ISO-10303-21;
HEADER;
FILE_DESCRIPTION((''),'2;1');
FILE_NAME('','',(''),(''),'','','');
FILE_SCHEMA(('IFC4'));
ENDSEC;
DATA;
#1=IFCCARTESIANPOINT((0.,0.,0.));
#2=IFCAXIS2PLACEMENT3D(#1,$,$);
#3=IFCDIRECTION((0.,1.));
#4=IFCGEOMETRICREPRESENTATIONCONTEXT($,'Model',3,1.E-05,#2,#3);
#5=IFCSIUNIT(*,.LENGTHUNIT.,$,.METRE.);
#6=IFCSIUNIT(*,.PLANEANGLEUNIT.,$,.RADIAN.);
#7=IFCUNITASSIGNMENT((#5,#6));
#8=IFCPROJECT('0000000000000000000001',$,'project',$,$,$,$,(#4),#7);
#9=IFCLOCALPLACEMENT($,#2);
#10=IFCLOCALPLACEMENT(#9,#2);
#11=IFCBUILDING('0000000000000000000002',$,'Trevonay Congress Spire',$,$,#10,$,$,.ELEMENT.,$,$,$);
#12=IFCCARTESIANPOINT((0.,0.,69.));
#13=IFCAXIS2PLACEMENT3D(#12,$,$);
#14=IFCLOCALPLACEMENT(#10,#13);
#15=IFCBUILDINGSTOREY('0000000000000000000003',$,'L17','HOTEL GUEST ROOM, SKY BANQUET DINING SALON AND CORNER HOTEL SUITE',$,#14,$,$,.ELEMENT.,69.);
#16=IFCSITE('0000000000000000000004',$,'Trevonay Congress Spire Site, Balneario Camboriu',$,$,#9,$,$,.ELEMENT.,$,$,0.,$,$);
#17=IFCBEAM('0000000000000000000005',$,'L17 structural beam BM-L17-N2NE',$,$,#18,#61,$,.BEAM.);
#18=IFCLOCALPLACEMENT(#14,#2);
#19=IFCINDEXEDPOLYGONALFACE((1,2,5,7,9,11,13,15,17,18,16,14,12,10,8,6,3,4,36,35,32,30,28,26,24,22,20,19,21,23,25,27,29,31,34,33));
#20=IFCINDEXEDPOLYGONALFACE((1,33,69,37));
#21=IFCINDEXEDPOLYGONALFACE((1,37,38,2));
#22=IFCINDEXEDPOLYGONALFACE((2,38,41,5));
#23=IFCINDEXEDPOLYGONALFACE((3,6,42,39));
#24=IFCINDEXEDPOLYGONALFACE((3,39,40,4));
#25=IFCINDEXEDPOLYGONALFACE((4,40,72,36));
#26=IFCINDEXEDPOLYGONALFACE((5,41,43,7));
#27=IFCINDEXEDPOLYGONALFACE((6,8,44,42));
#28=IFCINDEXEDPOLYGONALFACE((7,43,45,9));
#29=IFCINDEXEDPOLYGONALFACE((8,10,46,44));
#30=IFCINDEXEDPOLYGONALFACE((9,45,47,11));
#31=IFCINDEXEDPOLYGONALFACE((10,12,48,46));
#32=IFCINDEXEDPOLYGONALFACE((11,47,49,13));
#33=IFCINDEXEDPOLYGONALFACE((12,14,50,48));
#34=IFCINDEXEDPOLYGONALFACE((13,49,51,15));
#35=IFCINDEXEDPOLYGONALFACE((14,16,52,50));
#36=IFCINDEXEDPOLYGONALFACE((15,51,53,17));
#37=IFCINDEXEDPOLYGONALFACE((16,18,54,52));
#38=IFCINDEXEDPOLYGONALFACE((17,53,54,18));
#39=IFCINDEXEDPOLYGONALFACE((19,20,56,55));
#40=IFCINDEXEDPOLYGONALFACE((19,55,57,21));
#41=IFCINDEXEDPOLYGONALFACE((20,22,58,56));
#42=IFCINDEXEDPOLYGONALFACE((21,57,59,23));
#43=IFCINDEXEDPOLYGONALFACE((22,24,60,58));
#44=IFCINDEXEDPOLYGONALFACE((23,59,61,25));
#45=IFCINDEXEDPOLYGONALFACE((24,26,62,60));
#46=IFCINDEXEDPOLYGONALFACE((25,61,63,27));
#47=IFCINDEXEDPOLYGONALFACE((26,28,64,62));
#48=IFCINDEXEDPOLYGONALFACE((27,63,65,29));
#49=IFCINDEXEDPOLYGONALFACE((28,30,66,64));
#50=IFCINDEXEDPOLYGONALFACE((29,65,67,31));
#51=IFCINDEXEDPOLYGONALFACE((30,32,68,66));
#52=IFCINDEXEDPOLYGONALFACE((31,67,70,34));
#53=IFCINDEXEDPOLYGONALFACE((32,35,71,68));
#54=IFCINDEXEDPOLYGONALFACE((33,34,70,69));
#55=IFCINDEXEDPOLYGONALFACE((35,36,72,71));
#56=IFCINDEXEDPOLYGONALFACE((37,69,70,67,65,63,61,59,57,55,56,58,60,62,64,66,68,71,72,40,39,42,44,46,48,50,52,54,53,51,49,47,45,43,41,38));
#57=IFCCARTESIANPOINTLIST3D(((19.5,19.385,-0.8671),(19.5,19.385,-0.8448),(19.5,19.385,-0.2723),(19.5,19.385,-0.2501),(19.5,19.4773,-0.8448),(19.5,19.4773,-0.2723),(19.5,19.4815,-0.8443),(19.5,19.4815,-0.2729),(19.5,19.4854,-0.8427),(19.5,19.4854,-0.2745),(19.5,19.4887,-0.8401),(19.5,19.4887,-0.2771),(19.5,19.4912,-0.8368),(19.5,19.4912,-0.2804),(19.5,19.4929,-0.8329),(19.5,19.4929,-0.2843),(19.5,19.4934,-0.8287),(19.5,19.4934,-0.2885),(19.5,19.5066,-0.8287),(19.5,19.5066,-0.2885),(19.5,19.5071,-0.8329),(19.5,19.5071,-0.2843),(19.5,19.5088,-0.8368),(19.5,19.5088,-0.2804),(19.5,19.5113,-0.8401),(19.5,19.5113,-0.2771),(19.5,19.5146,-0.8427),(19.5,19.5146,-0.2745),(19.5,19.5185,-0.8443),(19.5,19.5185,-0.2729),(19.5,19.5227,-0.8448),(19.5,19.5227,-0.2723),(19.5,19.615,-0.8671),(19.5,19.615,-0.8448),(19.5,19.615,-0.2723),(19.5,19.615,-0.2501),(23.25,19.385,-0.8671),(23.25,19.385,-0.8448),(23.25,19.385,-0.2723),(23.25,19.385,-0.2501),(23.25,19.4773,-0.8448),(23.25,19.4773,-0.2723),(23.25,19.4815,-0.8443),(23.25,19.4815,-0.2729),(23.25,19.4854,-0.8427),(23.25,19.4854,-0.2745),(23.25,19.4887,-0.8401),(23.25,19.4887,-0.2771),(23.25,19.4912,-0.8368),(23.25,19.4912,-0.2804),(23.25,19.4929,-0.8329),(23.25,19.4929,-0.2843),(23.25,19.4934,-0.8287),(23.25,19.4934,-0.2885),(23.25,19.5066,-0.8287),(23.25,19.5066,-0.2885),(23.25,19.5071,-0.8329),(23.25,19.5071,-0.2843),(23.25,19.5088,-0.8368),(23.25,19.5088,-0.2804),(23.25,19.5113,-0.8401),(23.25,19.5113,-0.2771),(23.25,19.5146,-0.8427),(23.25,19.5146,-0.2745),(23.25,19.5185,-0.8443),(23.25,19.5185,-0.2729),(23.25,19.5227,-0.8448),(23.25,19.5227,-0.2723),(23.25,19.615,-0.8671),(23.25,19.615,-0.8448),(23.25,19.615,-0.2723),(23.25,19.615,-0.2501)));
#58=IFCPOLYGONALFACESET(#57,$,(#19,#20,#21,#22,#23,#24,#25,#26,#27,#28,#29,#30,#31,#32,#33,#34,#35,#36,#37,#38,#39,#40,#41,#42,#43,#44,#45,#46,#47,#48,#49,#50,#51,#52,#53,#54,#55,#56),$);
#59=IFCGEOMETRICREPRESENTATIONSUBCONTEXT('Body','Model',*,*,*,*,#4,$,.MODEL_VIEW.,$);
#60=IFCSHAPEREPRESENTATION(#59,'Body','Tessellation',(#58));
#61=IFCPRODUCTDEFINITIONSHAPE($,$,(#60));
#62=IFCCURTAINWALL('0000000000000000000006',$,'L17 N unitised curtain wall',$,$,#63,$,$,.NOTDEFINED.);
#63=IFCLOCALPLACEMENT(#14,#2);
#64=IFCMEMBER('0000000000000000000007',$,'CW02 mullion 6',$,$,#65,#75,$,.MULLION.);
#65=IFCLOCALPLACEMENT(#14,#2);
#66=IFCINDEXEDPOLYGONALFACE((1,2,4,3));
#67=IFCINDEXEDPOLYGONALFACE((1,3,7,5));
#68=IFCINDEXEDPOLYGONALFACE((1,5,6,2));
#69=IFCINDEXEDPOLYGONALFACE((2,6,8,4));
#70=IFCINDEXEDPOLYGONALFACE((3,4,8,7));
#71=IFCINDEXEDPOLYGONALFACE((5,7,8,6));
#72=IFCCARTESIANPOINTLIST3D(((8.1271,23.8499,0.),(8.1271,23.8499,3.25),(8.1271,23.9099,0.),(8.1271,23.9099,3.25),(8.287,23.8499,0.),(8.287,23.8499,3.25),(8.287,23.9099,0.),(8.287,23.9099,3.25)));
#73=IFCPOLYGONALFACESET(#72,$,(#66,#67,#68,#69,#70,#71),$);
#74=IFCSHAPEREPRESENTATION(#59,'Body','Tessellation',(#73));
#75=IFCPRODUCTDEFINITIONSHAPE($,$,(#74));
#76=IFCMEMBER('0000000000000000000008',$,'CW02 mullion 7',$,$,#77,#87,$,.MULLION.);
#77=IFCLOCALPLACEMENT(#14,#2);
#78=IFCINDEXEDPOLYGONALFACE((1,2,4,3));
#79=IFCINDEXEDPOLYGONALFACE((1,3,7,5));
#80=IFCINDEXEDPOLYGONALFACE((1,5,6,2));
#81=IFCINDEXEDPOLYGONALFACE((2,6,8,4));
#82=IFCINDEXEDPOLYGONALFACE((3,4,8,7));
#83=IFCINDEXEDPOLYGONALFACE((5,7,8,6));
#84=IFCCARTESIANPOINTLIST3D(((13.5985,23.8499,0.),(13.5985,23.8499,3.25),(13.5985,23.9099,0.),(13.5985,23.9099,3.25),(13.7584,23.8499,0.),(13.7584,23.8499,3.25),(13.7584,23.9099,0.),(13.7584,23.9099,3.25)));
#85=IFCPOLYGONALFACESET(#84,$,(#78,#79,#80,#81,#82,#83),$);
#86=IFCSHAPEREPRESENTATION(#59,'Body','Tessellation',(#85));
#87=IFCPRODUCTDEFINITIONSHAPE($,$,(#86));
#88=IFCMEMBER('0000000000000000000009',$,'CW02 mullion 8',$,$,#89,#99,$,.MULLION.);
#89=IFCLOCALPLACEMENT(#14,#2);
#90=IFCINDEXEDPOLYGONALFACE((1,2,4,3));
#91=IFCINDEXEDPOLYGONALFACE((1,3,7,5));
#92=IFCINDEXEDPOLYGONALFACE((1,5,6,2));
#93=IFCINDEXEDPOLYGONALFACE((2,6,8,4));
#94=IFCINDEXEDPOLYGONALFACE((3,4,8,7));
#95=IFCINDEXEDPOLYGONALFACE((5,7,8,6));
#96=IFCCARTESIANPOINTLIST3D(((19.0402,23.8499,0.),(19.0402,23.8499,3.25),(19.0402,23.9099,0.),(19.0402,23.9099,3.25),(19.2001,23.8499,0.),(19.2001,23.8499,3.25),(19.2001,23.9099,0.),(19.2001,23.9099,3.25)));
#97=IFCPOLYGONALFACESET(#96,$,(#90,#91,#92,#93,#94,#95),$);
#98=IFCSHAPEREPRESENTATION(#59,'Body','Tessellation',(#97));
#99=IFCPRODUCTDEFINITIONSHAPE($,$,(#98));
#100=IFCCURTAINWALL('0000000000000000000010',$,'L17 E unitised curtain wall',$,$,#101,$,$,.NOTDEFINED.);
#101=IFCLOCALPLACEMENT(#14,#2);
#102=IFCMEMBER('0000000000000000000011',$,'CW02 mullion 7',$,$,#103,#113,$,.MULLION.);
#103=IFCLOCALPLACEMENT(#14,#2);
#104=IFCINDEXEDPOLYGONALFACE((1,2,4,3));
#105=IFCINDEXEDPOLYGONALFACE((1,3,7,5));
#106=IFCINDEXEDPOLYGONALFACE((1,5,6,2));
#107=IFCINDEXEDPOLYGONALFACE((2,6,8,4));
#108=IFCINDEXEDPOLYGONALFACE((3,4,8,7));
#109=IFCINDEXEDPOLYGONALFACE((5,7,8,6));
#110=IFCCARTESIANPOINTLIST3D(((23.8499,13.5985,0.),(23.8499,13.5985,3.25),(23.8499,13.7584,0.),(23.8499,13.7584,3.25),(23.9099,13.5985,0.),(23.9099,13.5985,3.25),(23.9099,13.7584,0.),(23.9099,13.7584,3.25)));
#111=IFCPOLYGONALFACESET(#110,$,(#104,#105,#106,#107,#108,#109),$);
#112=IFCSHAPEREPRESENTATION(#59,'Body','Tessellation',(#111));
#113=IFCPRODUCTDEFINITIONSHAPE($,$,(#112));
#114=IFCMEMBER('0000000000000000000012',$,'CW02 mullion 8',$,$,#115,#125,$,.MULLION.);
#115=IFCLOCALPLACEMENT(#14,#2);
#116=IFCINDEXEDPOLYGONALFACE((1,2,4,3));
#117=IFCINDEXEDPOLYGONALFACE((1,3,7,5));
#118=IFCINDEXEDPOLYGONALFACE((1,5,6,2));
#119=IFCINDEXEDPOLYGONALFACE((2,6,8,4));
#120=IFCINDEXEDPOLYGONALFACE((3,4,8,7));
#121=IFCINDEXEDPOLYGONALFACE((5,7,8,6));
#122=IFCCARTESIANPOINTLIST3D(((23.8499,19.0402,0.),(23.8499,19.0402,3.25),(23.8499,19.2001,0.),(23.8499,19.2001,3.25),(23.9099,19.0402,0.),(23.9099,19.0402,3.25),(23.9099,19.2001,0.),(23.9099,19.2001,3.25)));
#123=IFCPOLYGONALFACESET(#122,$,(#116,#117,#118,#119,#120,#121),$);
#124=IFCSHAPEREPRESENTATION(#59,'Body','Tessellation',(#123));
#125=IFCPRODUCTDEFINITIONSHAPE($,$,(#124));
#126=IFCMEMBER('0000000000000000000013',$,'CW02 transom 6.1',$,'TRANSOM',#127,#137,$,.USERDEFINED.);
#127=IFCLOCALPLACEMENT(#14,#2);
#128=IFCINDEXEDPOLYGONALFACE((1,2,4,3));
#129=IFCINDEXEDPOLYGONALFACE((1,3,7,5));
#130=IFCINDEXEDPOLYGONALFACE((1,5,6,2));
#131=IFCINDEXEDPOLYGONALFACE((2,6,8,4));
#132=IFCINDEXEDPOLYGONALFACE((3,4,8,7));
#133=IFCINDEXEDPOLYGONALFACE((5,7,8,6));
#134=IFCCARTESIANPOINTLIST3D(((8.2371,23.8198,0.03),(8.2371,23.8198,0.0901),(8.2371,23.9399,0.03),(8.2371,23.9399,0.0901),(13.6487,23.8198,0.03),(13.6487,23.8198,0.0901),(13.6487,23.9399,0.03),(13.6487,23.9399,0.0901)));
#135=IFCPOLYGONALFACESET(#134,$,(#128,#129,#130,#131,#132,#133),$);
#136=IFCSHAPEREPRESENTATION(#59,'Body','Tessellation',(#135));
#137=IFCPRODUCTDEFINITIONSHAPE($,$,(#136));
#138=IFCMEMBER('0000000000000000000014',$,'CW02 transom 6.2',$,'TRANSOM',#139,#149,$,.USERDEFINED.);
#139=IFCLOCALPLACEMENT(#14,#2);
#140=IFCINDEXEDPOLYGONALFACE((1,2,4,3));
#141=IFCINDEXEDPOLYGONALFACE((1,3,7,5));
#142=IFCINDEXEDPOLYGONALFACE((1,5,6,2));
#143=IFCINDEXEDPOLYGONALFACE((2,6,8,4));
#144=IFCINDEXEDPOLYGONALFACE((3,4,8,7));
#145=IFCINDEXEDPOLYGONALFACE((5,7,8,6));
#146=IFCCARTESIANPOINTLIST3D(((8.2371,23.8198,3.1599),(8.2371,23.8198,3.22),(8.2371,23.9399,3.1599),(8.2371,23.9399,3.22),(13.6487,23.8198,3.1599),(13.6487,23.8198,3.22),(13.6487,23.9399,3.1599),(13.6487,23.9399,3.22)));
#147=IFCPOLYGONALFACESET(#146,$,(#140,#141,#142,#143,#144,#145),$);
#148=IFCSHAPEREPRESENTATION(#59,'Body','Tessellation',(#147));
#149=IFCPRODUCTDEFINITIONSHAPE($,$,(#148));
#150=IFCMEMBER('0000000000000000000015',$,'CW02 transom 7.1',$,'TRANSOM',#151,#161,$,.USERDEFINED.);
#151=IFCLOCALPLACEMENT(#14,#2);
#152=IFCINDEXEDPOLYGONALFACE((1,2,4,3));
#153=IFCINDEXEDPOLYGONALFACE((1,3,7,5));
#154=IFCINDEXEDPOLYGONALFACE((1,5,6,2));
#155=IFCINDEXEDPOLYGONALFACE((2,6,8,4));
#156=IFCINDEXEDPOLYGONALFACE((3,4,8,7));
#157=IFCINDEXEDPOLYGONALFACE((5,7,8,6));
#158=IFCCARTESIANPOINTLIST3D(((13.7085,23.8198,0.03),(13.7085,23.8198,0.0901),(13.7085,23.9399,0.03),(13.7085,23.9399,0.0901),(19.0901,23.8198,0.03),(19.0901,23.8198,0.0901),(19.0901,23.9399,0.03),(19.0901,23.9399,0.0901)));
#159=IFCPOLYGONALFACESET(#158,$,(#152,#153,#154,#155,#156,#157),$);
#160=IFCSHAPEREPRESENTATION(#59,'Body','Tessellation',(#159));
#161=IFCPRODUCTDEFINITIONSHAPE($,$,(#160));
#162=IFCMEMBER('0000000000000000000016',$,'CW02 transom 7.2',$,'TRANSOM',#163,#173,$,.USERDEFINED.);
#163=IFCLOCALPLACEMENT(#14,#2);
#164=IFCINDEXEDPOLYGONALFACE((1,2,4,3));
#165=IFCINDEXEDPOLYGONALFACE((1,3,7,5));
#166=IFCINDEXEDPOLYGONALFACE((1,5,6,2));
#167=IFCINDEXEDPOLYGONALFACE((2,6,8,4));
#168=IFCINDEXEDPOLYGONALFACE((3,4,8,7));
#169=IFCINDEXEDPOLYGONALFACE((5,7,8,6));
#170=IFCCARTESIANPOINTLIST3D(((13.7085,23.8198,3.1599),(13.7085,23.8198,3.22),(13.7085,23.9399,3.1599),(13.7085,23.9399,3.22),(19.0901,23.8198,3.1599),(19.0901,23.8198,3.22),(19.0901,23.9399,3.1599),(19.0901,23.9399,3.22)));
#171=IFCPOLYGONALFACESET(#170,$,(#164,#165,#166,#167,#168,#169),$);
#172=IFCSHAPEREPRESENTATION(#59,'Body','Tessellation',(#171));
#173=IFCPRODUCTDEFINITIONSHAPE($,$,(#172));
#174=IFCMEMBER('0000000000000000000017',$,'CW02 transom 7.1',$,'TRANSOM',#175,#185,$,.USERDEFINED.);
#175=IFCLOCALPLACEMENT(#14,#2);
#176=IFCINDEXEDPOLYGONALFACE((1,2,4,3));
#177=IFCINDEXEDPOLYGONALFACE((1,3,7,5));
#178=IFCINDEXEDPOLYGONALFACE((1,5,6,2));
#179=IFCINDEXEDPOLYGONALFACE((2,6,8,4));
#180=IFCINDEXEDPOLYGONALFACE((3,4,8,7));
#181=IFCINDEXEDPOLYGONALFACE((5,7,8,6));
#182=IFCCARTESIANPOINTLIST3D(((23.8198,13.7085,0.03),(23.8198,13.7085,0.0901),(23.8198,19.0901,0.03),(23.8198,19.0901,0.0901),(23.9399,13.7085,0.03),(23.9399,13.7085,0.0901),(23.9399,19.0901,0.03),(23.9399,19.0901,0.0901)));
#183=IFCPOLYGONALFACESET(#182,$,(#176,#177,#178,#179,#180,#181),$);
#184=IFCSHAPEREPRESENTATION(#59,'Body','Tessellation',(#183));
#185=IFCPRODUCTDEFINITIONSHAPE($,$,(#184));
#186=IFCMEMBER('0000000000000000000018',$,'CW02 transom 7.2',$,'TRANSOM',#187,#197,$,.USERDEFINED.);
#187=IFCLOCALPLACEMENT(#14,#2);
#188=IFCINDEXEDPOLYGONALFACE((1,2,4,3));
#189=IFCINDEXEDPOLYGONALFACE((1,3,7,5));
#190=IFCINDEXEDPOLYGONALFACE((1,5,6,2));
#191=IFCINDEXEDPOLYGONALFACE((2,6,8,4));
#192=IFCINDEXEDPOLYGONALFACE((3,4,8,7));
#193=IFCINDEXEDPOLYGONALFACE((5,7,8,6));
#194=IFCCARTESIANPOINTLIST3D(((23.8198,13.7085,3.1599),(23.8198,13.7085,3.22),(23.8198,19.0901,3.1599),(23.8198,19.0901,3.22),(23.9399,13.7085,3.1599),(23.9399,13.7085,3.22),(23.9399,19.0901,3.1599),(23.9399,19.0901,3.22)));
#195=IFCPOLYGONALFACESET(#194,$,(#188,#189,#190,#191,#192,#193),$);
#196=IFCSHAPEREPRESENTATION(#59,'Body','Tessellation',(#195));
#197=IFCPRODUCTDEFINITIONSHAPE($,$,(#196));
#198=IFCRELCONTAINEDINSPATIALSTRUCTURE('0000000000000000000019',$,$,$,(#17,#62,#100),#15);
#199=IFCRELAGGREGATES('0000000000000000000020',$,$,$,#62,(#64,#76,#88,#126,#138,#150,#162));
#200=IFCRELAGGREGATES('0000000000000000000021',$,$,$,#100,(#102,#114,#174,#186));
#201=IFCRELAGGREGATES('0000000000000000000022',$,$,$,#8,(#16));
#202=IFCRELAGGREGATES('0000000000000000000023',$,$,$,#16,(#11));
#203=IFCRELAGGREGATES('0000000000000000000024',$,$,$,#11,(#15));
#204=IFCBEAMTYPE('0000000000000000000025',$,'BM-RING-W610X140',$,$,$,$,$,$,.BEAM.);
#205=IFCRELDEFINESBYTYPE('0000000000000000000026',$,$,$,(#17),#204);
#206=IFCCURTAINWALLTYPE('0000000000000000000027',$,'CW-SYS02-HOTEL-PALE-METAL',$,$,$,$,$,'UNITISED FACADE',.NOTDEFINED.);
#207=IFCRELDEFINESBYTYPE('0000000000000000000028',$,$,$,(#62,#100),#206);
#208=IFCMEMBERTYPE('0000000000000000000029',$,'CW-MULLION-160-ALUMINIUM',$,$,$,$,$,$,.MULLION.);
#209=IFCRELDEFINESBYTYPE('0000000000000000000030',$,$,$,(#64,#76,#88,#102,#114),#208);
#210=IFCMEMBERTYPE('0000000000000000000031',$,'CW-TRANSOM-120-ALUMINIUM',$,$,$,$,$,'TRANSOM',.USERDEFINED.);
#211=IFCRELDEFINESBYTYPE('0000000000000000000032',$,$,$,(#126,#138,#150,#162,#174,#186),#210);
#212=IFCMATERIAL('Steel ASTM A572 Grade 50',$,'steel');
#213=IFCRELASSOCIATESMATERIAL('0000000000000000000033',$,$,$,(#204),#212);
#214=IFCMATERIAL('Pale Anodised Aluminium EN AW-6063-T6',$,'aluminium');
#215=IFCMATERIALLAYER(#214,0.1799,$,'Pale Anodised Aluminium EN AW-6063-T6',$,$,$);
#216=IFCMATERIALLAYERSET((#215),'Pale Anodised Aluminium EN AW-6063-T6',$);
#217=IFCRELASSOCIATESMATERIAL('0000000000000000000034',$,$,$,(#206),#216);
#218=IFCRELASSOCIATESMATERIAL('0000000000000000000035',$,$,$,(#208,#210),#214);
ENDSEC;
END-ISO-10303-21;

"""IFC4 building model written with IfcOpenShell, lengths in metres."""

from ifc_helpers import new_model, si_unit, direction, frame, origin, origin_2d, place, context, subcontext, project, spatial, rectangle, i_section, extrude, material, layer, layer_set, material_profile, profile_set, type_object, element, aggregate, save


model = new_model("IFC4")

# Units and contexts
model_context = context("Model", 3, precision=1e-05, world=origin(), true_north=direction((0.0, 1.0)))
body_context = subcontext(model_context, "Body", "Model", "MODEL_VIEW")
ifc_project = project(units=[si_unit("LENGTHUNIT", "METRE"), si_unit("PLANEANGLEUNIT", "RADIAN")], contexts=[model_context])

# Site, building, storey
site_placement = place(None, origin())
site = spatial("IfcSite", under=ifc_project, at=site_placement, Name="Trevonay Congress Spire Site, Balneario Camboriu", CompositionType="ELEMENT", RefElevation=0.0)
building_placement = place(site_placement, origin())
building = spatial("IfcBuilding", under=site, at=building_placement, Name="Trevonay Congress Spire", CompositionType="ELEMENT")
storey_placement = place(building_placement, frame((0.0, 0.0, 69.0)))
storey = spatial("IfcBuildingStorey", under=building, at=storey_placement, Name="L17", Description="HOTEL GUEST ROOM, SKY BANQUET DINING SALON AND CORNER HOTEL SUITE", CompositionType="ELEMENT", Elevation=69.0)

# Shared definitions
ifc_material_1 = material(Name="Steel ASTM A572 Grade 50", Category="steel")

# Beam
ifc_material_profile_1 = material_profile(ifc_material_1, i_section(OverallWidth=0.23, OverallDepth=0.6169, WebThickness=0.0132, FlangeThickness=0.0222, FilletRadius=0.0161, at=origin_2d()), Name="W610x140")
ifc_profile_set_1 = profile_set([ifc_material_profile_1], Name="Steel ASTM A572 Grade 50")
beam_type = type_object("IfcBeamType", Name="BM-RING-W610X140", PredefinedType="BEAM", material=ifc_profile_set_1)
for number, where, z_axis, x_axis, name in (
    (1, (23.25, 19.5, -0.5586), (-1.0, 0.0, 0.0), (0.0, -1.0, 0.0), "L17 structural beam BM-L17-N2NE"),
):
    element("IfcBeam", number, at=place(storey_placement, frame(where, z_axis=z_axis, x_axis=x_axis)), inside=storey, type_object=beam_type, Name=name, PredefinedType="BEAM", context=body_context, shape_type="SweptSolid", body=[
        extrude(i_section(OverallWidth=0.23, OverallDepth=0.6169, WebThickness=0.0132, FlangeThickness=0.0222, FilletRadius=0.0161, at=origin_2d()), origin(), (0.0, 0.0, 1.0), 3.75),
    ])

# Curtain walls, members
ifc_material_2 = material(Name="Pale Anodised Aluminium EN AW-6063-T6", Category="aluminium")
ifc_layer_1 = layer(ifc_material_2, 0.1799, Name="Pale Anodised Aluminium EN AW-6063-T6")
ifc_layer_set_1 = layer_set([ifc_layer_1], Name="Pale Anodised Aluminium EN AW-6063-T6")
curtain_wall_type = type_object("IfcCurtainWallType", Name="CW-SYS02-HOTEL-PALE-METAL", ElementType="UNITISED FACADE", PredefinedType="NOTDEFINED", material=ifc_layer_set_1)
curtain_wall_1_placement = place(storey_placement, origin())
curtain_wall_1 = element("IfcCurtainWall", 2, at=curtain_wall_1_placement, inside=storey, type_object=curtain_wall_type, Name="L17 N unitised curtain wall", PredefinedType="NOTDEFINED")
ifc_material_profile_2 = material_profile(ifc_material_2, rectangle(XDim=0.0601, YDim=0.1599, at=origin_2d()), Name="CW-MULLION-160-ALUMINIUM")
ifc_profile_set_2 = profile_set([ifc_material_profile_2], Name="Pale Anodised Aluminium EN AW-6063-T6")
member_type_1 = type_object("IfcMemberType", Name="CW-MULLION-160-ALUMINIUM", PredefinedType="MULLION", material=ifc_profile_set_2)
member_1_placement = place(storey_placement, frame((8.207, 23.8799, 0.0), z_axis=(0.0, 0.0, 1.0), x_axis=(0.0, 1.0, 0.0)))
member_1 = element("IfcMember", 3, at=member_1_placement, type_object=member_type_1, Name="CW02 mullion 6", PredefinedType="MULLION", context=body_context, shape_type="SweptSolid", body=[
    extrude(rectangle(XDim=0.0601, YDim=0.1599, at=origin_2d()), origin(), (0.0, 0.0, 1.0), 3.25),
])
member_2_placement = place(storey_placement, frame((13.6785, 23.8799, 0.0), z_axis=(0.0, 0.0, 1.0), x_axis=(0.0, 1.0, 0.0)))
member_2 = element("IfcMember", 4, at=member_2_placement, type_object=member_type_1, Name="CW02 mullion 7", PredefinedType="MULLION", context=body_context, shape_type="SweptSolid", body=[
    extrude(rectangle(XDim=0.0601, YDim=0.1599, at=origin_2d()), origin(), (0.0, 0.0, 1.0), 3.25),
])
member_3_placement = place(storey_placement, frame((19.1201, 23.8799, 0.0), z_axis=(0.0, 0.0, 1.0), x_axis=(0.0, 1.0, 0.0)))
member_3 = element("IfcMember", 5, at=member_3_placement, type_object=member_type_1, Name="CW02 mullion 8", PredefinedType="MULLION", context=body_context, shape_type="SweptSolid", body=[
    extrude(rectangle(XDim=0.0601, YDim=0.1599, at=origin_2d()), origin(), (0.0, 0.0, 1.0), 3.25),
])
curtain_wall_2_placement = place(storey_placement, origin())
curtain_wall_2 = element("IfcCurtainWall", 6, at=curtain_wall_2_placement, inside=storey, type_object=curtain_wall_type, Name="L17 E unitised curtain wall", PredefinedType="NOTDEFINED")
member_4_placement = place(storey_placement, frame((23.8799, 13.6785, 0.0), z_axis=(0.0, 0.0, 1.0), x_axis=(-1.0, 0.0, 0.0)))
member_4 = element("IfcMember", 7, at=member_4_placement, type_object=member_type_1, Name="CW02 mullion 7", PredefinedType="MULLION", context=body_context, shape_type="SweptSolid", body=[
    extrude(rectangle(XDim=0.0601, YDim=0.1599, at=origin_2d()), origin(), (0.0, 0.0, 1.0), 3.25),
])
member_5_placement = place(storey_placement, frame((23.8799, 19.1201, 0.0), z_axis=(0.0, 0.0, 1.0), x_axis=(-1.0, 0.0, 0.0)))
member_5 = element("IfcMember", 8, at=member_5_placement, type_object=member_type_1, Name="CW02 mullion 8", PredefinedType="MULLION", context=body_context, shape_type="SweptSolid", body=[
    extrude(rectangle(XDim=0.0601, YDim=0.1599, at=origin_2d()), origin(), (0.0, 0.0, 1.0), 3.25),
])

# Members
ifc_material_profile_3 = material_profile(ifc_material_2, rectangle(XDim=0.1201, YDim=0.0601, at=origin_2d()), Name="CW-TRANSOM-120-ALUMINIUM")
ifc_profile_set_3 = profile_set([ifc_material_profile_3], Name="Pale Anodised Aluminium EN AW-6063-T6")
member_type_2 = type_object("IfcMemberType", Name="CW-TRANSOM-120-ALUMINIUM", ElementType="TRANSOM", PredefinedType="USERDEFINED", material=ifc_profile_set_3)
member_6_placement = place(storey_placement, frame((8.2371, 23.8799, 0.0601), z_axis=(1.0, 0.0, 0.0), x_axis=(0.0, 1.0, 0.0)))
member_6 = element("IfcMember", 9, at=member_6_placement, type_object=member_type_2, Name="CW02 transom 6.1", ObjectType="TRANSOM", PredefinedType="USERDEFINED", context=body_context, shape_type="SweptSolid", body=[
    extrude(rectangle(XDim=0.1201, YDim=0.0601, at=origin_2d()), origin(), (0.0, 0.0, 1.0), 5.4116),
])
member_7_placement = place(storey_placement, frame((8.2371, 23.8799, 3.1899), z_axis=(1.0, 0.0, 0.0), x_axis=(0.0, 1.0, 0.0)))
member_7 = element("IfcMember", 10, at=member_7_placement, type_object=member_type_2, Name="CW02 transom 6.2", ObjectType="TRANSOM", PredefinedType="USERDEFINED", context=body_context, shape_type="SweptSolid", body=[
    extrude(rectangle(XDim=0.1201, YDim=0.0601, at=origin_2d()), origin(), (0.0, 0.0, 1.0), 5.4116),
])
member_8_placement = place(storey_placement, frame((13.7085, 23.8799, 0.0601), z_axis=(1.0, 0.0, 0.0), x_axis=(0.0, 1.0, 0.0)))
member_8 = element("IfcMember", 11, at=member_8_placement, type_object=member_type_2, Name="CW02 transom 7.1", ObjectType="TRANSOM", PredefinedType="USERDEFINED", context=body_context, shape_type="SweptSolid", body=[
    extrude(rectangle(XDim=0.1201, YDim=0.0601, at=origin_2d()), origin(), (0.0, 0.0, 1.0), 5.3816),
])
member_9_placement = place(storey_placement, frame((13.7085, 23.8799, 3.1899), z_axis=(1.0, 0.0, 0.0), x_axis=(0.0, 1.0, 0.0)))
member_9 = element("IfcMember", 12, at=member_9_placement, type_object=member_type_2, Name="CW02 transom 7.2", ObjectType="TRANSOM", PredefinedType="USERDEFINED", context=body_context, shape_type="SweptSolid", body=[
    extrude(rectangle(XDim=0.1201, YDim=0.0601, at=origin_2d()), origin(), (0.0, 0.0, 1.0), 5.3816),
])
member_10_placement = place(storey_placement, frame((23.8799, 13.7085, 0.0601), z_axis=(0.0, 1.0, 0.0), x_axis=(-1.0, 0.0, 0.0)))
member_10 = element("IfcMember", 13, at=member_10_placement, type_object=member_type_2, Name="CW02 transom 7.1", ObjectType="TRANSOM", PredefinedType="USERDEFINED", context=body_context, shape_type="SweptSolid", body=[
    extrude(rectangle(XDim=0.1201, YDim=0.0601, at=origin_2d()), origin(), (0.0, 0.0, 1.0), 5.3816),
])
member_11_placement = place(storey_placement, frame((23.8799, 13.7085, 3.1899), z_axis=(0.0, 1.0, 0.0), x_axis=(-1.0, 0.0, 0.0)))
member_11 = element("IfcMember", 14, at=member_11_placement, type_object=member_type_2, Name="CW02 transom 7.2", ObjectType="TRANSOM", PredefinedType="USERDEFINED", context=body_context, shape_type="SweptSolid", body=[
    extrude(rectangle(XDim=0.1201, YDim=0.0601, at=origin_2d()), origin(), (0.0, 0.0, 1.0), 5.3816),
])

aggregate(curtain_wall_1, [member_1, member_2, member_3, member_6, member_7, member_8, member_9])
aggregate(curtain_wall_2, [member_4, member_5, member_10, member_11])

save(model, "model.ifc")
